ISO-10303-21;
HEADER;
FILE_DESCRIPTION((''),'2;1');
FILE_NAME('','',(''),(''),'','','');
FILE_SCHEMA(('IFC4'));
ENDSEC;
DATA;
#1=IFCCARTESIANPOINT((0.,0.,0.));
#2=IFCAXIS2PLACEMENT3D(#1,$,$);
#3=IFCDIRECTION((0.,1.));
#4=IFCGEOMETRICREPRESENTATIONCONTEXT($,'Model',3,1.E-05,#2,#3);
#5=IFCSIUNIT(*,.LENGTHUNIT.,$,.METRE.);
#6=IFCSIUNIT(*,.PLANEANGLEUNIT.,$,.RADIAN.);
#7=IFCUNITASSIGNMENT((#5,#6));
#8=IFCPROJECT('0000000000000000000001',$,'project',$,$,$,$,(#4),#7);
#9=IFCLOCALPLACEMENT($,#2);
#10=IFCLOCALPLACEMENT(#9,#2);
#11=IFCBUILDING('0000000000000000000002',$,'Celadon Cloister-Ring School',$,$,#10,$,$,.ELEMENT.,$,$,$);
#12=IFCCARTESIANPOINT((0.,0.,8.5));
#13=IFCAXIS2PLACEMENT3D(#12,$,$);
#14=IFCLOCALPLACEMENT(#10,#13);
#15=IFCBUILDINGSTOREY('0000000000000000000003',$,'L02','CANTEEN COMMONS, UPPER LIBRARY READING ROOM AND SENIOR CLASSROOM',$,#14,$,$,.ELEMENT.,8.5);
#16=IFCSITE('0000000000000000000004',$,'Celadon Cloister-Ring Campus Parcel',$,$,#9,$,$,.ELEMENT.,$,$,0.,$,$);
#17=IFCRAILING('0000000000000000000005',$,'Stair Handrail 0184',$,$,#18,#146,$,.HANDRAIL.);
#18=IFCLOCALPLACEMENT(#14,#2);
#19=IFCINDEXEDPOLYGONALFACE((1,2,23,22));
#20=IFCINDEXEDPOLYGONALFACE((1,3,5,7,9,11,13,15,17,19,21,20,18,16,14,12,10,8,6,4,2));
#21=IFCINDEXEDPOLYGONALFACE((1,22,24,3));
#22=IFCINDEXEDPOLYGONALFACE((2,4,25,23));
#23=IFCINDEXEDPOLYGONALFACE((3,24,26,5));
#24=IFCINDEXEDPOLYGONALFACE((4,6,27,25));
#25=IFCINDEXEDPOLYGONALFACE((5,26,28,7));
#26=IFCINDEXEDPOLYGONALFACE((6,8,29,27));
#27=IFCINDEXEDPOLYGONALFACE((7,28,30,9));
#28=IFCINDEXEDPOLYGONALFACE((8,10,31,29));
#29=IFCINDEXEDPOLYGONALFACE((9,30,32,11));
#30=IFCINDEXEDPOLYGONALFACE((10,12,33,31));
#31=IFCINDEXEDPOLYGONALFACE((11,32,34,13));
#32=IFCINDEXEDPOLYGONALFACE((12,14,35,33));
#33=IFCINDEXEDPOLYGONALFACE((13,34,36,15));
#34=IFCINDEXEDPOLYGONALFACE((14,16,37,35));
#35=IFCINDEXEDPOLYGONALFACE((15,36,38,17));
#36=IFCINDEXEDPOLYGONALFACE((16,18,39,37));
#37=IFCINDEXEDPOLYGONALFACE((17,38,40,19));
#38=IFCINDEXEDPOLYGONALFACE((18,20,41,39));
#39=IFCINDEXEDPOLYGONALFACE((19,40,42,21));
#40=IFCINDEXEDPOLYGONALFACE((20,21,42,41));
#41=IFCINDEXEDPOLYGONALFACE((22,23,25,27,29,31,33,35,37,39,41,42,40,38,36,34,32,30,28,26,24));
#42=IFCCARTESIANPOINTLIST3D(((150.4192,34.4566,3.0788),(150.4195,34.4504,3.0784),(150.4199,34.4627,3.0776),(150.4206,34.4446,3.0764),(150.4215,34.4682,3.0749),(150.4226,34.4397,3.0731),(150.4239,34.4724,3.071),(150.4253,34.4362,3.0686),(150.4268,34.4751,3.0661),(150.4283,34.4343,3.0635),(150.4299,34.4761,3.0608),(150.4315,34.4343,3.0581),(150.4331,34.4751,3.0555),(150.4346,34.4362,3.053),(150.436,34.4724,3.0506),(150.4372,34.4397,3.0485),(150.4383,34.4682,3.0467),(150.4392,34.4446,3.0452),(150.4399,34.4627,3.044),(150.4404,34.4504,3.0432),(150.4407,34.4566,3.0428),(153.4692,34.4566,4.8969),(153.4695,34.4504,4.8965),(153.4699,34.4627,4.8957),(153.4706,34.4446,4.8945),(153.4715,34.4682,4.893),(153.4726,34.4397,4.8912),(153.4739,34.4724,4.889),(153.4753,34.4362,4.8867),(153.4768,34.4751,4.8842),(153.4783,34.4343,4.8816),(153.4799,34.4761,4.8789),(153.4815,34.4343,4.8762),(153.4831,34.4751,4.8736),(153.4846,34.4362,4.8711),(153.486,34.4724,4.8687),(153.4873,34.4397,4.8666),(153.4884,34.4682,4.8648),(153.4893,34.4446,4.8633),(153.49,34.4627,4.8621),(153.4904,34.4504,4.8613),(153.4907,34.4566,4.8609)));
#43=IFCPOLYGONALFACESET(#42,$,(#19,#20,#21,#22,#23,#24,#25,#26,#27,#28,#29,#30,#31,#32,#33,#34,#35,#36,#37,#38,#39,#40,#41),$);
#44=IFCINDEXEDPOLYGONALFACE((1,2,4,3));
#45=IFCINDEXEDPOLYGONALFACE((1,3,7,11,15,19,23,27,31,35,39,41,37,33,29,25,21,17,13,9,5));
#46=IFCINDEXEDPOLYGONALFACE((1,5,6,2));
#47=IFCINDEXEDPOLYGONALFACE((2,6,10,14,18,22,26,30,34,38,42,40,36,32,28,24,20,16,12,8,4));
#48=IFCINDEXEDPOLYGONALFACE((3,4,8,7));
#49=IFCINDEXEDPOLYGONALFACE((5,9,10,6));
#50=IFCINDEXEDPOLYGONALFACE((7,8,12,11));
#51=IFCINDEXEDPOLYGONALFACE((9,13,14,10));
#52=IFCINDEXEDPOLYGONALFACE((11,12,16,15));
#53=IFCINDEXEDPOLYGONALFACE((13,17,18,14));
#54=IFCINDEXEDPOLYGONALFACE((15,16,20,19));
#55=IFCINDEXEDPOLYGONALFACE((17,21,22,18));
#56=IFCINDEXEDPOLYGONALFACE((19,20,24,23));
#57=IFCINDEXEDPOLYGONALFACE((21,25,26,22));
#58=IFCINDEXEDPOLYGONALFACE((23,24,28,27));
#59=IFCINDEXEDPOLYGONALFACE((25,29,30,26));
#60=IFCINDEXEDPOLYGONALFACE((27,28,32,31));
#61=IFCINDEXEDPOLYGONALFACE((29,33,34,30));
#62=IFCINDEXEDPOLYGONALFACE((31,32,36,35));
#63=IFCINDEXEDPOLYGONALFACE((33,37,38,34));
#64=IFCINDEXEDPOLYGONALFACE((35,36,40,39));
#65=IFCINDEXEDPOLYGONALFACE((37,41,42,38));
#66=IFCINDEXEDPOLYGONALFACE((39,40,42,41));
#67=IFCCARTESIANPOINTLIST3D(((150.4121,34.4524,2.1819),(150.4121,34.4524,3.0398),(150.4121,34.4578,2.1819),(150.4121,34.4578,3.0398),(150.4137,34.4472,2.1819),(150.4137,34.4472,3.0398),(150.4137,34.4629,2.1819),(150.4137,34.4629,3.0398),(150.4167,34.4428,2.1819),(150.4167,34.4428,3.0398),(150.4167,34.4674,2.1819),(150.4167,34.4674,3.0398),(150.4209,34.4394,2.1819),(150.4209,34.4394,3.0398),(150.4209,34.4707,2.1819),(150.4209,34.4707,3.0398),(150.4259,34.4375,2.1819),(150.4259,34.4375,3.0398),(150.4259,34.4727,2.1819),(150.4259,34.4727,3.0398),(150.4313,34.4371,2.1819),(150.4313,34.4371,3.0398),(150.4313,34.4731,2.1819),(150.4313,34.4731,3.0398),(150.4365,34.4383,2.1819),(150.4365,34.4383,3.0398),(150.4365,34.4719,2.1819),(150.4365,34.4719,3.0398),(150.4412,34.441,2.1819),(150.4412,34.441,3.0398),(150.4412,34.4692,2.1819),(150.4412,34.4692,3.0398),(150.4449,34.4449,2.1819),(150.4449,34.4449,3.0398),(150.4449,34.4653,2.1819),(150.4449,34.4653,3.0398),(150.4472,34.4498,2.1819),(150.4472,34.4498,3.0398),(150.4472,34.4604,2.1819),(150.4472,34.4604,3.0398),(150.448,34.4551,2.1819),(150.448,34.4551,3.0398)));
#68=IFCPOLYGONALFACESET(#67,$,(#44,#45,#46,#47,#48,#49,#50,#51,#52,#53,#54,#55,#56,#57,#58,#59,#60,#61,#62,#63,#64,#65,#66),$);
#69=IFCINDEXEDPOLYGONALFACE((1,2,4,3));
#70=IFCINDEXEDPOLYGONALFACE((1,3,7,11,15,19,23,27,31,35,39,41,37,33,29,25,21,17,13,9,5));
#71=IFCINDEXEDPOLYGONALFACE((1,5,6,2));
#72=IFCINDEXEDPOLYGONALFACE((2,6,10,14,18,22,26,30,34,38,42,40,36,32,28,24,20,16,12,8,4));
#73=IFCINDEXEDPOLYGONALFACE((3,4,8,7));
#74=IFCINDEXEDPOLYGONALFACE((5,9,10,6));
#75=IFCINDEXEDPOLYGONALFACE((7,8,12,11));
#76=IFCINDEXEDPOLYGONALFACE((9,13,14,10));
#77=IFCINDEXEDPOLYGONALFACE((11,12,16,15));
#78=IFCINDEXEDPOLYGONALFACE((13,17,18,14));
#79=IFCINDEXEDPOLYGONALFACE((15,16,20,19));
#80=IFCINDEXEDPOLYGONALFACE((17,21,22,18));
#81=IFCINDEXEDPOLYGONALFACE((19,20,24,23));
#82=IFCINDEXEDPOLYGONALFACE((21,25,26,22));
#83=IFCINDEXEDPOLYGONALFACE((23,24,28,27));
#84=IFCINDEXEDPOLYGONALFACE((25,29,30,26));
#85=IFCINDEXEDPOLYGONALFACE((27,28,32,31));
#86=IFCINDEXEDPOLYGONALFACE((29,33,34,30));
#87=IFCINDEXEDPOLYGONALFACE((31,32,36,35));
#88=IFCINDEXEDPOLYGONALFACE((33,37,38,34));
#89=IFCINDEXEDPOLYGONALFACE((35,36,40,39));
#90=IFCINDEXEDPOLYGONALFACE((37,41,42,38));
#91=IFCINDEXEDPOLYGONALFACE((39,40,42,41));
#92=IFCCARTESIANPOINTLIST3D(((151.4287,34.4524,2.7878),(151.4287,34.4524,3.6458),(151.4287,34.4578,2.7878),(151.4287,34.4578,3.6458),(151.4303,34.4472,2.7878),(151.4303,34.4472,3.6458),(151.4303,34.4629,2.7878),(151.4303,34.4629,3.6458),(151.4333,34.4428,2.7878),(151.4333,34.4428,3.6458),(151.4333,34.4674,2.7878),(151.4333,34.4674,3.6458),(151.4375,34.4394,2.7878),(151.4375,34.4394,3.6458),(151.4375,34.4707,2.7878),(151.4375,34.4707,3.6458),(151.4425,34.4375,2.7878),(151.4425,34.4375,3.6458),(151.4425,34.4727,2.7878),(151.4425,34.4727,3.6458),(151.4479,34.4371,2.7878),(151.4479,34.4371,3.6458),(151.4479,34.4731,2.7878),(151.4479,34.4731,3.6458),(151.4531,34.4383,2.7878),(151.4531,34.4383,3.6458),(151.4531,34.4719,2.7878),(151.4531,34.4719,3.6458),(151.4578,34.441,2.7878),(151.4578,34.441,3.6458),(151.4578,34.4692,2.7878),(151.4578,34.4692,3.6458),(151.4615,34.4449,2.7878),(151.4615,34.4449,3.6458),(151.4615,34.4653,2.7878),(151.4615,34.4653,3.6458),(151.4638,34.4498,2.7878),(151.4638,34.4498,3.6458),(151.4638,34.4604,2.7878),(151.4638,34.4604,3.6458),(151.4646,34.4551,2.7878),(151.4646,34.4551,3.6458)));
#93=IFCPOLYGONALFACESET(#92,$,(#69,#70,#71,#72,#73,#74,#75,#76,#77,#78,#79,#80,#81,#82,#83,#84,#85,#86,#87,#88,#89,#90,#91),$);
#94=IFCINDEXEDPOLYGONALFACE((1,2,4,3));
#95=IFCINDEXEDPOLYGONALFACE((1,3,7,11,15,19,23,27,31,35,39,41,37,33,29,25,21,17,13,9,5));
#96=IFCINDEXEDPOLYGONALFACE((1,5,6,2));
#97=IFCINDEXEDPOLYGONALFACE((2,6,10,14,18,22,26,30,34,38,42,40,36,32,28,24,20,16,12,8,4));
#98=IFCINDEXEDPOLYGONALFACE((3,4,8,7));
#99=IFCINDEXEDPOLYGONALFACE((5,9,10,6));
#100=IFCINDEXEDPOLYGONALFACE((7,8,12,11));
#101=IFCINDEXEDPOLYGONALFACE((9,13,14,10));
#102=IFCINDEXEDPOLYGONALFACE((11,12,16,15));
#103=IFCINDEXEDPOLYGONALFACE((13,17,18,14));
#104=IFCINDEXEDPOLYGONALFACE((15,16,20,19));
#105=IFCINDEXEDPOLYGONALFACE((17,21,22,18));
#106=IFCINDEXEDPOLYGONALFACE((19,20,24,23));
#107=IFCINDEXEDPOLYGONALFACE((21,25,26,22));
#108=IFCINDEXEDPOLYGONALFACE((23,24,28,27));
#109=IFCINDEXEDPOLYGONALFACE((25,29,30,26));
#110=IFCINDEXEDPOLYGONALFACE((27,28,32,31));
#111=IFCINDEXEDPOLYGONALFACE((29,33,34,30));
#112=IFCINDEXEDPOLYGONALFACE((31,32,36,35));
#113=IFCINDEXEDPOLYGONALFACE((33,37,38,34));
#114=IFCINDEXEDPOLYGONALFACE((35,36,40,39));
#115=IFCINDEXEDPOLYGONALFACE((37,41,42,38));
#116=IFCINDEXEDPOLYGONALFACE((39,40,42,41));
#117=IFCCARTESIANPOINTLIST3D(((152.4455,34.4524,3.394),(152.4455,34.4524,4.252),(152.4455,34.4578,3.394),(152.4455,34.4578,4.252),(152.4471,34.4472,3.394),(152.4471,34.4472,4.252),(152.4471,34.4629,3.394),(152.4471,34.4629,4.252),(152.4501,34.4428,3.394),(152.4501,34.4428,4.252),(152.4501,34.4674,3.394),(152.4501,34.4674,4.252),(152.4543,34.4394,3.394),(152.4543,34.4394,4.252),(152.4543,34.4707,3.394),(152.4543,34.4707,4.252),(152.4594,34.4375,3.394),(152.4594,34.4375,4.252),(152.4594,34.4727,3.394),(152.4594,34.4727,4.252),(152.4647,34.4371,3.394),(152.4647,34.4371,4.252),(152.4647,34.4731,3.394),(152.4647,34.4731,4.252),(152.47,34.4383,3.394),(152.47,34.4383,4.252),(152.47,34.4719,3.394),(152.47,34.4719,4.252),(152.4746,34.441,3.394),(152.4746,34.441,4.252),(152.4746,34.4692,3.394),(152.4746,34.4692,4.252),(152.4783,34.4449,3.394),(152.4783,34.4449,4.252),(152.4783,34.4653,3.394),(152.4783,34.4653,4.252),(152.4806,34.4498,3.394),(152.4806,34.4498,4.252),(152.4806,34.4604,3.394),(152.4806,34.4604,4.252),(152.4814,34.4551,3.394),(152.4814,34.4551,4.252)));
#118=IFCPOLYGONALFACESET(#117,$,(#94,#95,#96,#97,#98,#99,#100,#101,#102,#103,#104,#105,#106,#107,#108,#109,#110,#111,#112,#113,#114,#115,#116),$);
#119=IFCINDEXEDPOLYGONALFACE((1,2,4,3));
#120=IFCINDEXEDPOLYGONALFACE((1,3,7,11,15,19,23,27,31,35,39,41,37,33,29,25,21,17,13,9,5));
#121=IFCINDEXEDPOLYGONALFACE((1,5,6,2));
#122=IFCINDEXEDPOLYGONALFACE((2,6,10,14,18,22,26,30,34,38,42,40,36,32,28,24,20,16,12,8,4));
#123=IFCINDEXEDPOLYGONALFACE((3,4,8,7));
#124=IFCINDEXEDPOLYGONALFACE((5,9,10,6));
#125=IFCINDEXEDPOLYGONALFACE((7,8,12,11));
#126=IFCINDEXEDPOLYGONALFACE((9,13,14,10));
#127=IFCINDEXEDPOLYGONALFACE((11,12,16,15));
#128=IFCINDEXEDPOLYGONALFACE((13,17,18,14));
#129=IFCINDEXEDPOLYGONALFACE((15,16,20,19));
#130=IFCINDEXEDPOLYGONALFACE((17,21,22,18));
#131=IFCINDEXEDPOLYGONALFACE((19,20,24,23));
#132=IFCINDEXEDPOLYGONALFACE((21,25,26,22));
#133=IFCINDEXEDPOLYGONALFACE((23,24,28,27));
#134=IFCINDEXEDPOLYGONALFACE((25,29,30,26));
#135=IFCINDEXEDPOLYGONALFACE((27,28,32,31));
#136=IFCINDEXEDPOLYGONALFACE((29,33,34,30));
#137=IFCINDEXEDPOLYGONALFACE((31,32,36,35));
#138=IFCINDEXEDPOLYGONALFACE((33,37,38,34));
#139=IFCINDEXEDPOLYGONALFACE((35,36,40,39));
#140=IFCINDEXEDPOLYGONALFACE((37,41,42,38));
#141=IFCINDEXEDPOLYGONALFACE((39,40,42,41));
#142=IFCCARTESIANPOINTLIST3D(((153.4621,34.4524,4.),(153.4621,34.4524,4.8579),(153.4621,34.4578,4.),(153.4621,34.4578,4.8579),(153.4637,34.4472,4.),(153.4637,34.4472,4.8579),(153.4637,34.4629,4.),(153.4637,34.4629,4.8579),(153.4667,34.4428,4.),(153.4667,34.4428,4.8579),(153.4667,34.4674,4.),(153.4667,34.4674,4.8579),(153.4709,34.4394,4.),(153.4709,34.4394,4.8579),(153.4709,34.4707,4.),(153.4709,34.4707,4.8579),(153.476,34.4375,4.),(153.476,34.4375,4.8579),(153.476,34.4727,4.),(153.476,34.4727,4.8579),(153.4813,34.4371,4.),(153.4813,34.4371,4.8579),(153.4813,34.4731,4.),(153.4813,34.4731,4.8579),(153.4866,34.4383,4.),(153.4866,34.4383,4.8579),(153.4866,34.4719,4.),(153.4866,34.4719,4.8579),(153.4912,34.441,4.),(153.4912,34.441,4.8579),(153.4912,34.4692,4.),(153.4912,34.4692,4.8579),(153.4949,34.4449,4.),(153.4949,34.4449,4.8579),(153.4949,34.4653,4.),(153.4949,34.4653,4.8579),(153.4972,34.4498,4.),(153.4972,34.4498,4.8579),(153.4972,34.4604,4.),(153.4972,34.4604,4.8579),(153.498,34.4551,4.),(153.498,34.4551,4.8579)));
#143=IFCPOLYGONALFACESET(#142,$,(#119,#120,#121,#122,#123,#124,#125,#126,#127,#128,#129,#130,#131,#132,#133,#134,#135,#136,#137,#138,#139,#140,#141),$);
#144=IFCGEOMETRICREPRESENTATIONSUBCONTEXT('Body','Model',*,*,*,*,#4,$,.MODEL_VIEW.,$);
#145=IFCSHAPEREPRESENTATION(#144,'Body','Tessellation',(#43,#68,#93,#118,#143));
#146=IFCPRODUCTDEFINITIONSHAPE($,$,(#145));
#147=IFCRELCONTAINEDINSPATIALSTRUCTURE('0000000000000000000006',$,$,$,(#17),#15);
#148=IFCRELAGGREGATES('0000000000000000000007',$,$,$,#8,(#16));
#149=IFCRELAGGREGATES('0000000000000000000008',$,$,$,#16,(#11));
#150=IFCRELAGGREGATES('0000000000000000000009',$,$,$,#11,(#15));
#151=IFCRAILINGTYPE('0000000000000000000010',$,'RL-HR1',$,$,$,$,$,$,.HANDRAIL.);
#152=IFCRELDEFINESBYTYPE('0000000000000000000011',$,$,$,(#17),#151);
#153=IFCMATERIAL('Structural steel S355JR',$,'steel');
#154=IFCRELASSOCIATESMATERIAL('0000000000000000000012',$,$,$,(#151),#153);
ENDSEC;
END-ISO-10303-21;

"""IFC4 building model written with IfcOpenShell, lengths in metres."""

from ifc_helpers import new_model, si_unit, direction, frame, origin, origin_2d, place, context, subcontext, project, spatial, circle, extrude, material, type_object, element, save


model = new_model("IFC4")

# Units and contexts
model_context = context("Model", 3, precision=1e-05, world=origin(), true_north=direction((0.0, 1.0)))
body_context = subcontext(model_context, "Body", "Model", "MODEL_VIEW")
ifc_project = project(units=[si_unit("LENGTHUNIT", "METRE"), si_unit("PLANEANGLEUNIT", "RADIAN")], contexts=[model_context])

# Site, building, storey
site_placement = place(None, origin())
site = spatial("IfcSite", under=ifc_project, at=site_placement, Name="Celadon Cloister-Ring Campus Parcel", CompositionType="ELEMENT", RefElevation=0.0)
building_placement = place(site_placement, origin())
building = spatial("IfcBuilding", under=site, at=building_placement, Name="Celadon Cloister-Ring School", CompositionType="ELEMENT")
storey_placement = place(building_placement, frame((0.0, 0.0, 8.5)))
storey = spatial("IfcBuildingStorey", under=building, at=storey_placement, Name="L02", Description="CANTEEN COMMONS, UPPER LIBRARY READING ROOM AND SENIOR CLASSROOM", CompositionType="ELEMENT", Elevation=8.5)

# Railing
ifc_material_1 = material(Name="Structural steel S355JR", Category="steel")
railing_type_1 = type_object("IfcRailingType", Name="RL-HR1", PredefinedType="HANDRAIL", material=ifc_material_1)
for number, where, name in (
    (1, (150.4299, 34.4551, 2.1819), "Stair Handrail 0184"),
):
    element("IfcRailing", number, at=place(storey_placement, frame(where)), inside=storey, type_object=railing_type_1, Name=name, PredefinedType="HANDRAIL", context=body_context, shape_type="SweptSolid", body=[
        extrude(circle(Radius=0.021, at=origin_2d()), frame((0.0, 0.0, 0.8789), z_axis=(0.85897, 0.0, 0.512026), x_axis=(0.0, 1.0, 0.0)), (0.0, 0.0, 1.0), 3.5508),
        extrude(circle(Radius=0.0181, at=origin_2d()), origin(), (0.0, 0.0, 1.0), 0.8579),
        extrude(circle(Radius=0.0181, at=origin_2d()), frame((1.0166, 0.0, 0.606)), (0.0, 0.0, 1.0), 0.8579),
        extrude(circle(Radius=0.0181, at=origin_2d()), frame((2.0334, 0.0, 1.2122)), (0.0, 0.0, 1.0), 0.8579),
        extrude(circle(Radius=0.0181, at=origin_2d()), frame((3.05, 0.0, 1.8181)), (0.0, 0.0, 1.0), 0.8579),
    ])

save(model, "model.ifc")
